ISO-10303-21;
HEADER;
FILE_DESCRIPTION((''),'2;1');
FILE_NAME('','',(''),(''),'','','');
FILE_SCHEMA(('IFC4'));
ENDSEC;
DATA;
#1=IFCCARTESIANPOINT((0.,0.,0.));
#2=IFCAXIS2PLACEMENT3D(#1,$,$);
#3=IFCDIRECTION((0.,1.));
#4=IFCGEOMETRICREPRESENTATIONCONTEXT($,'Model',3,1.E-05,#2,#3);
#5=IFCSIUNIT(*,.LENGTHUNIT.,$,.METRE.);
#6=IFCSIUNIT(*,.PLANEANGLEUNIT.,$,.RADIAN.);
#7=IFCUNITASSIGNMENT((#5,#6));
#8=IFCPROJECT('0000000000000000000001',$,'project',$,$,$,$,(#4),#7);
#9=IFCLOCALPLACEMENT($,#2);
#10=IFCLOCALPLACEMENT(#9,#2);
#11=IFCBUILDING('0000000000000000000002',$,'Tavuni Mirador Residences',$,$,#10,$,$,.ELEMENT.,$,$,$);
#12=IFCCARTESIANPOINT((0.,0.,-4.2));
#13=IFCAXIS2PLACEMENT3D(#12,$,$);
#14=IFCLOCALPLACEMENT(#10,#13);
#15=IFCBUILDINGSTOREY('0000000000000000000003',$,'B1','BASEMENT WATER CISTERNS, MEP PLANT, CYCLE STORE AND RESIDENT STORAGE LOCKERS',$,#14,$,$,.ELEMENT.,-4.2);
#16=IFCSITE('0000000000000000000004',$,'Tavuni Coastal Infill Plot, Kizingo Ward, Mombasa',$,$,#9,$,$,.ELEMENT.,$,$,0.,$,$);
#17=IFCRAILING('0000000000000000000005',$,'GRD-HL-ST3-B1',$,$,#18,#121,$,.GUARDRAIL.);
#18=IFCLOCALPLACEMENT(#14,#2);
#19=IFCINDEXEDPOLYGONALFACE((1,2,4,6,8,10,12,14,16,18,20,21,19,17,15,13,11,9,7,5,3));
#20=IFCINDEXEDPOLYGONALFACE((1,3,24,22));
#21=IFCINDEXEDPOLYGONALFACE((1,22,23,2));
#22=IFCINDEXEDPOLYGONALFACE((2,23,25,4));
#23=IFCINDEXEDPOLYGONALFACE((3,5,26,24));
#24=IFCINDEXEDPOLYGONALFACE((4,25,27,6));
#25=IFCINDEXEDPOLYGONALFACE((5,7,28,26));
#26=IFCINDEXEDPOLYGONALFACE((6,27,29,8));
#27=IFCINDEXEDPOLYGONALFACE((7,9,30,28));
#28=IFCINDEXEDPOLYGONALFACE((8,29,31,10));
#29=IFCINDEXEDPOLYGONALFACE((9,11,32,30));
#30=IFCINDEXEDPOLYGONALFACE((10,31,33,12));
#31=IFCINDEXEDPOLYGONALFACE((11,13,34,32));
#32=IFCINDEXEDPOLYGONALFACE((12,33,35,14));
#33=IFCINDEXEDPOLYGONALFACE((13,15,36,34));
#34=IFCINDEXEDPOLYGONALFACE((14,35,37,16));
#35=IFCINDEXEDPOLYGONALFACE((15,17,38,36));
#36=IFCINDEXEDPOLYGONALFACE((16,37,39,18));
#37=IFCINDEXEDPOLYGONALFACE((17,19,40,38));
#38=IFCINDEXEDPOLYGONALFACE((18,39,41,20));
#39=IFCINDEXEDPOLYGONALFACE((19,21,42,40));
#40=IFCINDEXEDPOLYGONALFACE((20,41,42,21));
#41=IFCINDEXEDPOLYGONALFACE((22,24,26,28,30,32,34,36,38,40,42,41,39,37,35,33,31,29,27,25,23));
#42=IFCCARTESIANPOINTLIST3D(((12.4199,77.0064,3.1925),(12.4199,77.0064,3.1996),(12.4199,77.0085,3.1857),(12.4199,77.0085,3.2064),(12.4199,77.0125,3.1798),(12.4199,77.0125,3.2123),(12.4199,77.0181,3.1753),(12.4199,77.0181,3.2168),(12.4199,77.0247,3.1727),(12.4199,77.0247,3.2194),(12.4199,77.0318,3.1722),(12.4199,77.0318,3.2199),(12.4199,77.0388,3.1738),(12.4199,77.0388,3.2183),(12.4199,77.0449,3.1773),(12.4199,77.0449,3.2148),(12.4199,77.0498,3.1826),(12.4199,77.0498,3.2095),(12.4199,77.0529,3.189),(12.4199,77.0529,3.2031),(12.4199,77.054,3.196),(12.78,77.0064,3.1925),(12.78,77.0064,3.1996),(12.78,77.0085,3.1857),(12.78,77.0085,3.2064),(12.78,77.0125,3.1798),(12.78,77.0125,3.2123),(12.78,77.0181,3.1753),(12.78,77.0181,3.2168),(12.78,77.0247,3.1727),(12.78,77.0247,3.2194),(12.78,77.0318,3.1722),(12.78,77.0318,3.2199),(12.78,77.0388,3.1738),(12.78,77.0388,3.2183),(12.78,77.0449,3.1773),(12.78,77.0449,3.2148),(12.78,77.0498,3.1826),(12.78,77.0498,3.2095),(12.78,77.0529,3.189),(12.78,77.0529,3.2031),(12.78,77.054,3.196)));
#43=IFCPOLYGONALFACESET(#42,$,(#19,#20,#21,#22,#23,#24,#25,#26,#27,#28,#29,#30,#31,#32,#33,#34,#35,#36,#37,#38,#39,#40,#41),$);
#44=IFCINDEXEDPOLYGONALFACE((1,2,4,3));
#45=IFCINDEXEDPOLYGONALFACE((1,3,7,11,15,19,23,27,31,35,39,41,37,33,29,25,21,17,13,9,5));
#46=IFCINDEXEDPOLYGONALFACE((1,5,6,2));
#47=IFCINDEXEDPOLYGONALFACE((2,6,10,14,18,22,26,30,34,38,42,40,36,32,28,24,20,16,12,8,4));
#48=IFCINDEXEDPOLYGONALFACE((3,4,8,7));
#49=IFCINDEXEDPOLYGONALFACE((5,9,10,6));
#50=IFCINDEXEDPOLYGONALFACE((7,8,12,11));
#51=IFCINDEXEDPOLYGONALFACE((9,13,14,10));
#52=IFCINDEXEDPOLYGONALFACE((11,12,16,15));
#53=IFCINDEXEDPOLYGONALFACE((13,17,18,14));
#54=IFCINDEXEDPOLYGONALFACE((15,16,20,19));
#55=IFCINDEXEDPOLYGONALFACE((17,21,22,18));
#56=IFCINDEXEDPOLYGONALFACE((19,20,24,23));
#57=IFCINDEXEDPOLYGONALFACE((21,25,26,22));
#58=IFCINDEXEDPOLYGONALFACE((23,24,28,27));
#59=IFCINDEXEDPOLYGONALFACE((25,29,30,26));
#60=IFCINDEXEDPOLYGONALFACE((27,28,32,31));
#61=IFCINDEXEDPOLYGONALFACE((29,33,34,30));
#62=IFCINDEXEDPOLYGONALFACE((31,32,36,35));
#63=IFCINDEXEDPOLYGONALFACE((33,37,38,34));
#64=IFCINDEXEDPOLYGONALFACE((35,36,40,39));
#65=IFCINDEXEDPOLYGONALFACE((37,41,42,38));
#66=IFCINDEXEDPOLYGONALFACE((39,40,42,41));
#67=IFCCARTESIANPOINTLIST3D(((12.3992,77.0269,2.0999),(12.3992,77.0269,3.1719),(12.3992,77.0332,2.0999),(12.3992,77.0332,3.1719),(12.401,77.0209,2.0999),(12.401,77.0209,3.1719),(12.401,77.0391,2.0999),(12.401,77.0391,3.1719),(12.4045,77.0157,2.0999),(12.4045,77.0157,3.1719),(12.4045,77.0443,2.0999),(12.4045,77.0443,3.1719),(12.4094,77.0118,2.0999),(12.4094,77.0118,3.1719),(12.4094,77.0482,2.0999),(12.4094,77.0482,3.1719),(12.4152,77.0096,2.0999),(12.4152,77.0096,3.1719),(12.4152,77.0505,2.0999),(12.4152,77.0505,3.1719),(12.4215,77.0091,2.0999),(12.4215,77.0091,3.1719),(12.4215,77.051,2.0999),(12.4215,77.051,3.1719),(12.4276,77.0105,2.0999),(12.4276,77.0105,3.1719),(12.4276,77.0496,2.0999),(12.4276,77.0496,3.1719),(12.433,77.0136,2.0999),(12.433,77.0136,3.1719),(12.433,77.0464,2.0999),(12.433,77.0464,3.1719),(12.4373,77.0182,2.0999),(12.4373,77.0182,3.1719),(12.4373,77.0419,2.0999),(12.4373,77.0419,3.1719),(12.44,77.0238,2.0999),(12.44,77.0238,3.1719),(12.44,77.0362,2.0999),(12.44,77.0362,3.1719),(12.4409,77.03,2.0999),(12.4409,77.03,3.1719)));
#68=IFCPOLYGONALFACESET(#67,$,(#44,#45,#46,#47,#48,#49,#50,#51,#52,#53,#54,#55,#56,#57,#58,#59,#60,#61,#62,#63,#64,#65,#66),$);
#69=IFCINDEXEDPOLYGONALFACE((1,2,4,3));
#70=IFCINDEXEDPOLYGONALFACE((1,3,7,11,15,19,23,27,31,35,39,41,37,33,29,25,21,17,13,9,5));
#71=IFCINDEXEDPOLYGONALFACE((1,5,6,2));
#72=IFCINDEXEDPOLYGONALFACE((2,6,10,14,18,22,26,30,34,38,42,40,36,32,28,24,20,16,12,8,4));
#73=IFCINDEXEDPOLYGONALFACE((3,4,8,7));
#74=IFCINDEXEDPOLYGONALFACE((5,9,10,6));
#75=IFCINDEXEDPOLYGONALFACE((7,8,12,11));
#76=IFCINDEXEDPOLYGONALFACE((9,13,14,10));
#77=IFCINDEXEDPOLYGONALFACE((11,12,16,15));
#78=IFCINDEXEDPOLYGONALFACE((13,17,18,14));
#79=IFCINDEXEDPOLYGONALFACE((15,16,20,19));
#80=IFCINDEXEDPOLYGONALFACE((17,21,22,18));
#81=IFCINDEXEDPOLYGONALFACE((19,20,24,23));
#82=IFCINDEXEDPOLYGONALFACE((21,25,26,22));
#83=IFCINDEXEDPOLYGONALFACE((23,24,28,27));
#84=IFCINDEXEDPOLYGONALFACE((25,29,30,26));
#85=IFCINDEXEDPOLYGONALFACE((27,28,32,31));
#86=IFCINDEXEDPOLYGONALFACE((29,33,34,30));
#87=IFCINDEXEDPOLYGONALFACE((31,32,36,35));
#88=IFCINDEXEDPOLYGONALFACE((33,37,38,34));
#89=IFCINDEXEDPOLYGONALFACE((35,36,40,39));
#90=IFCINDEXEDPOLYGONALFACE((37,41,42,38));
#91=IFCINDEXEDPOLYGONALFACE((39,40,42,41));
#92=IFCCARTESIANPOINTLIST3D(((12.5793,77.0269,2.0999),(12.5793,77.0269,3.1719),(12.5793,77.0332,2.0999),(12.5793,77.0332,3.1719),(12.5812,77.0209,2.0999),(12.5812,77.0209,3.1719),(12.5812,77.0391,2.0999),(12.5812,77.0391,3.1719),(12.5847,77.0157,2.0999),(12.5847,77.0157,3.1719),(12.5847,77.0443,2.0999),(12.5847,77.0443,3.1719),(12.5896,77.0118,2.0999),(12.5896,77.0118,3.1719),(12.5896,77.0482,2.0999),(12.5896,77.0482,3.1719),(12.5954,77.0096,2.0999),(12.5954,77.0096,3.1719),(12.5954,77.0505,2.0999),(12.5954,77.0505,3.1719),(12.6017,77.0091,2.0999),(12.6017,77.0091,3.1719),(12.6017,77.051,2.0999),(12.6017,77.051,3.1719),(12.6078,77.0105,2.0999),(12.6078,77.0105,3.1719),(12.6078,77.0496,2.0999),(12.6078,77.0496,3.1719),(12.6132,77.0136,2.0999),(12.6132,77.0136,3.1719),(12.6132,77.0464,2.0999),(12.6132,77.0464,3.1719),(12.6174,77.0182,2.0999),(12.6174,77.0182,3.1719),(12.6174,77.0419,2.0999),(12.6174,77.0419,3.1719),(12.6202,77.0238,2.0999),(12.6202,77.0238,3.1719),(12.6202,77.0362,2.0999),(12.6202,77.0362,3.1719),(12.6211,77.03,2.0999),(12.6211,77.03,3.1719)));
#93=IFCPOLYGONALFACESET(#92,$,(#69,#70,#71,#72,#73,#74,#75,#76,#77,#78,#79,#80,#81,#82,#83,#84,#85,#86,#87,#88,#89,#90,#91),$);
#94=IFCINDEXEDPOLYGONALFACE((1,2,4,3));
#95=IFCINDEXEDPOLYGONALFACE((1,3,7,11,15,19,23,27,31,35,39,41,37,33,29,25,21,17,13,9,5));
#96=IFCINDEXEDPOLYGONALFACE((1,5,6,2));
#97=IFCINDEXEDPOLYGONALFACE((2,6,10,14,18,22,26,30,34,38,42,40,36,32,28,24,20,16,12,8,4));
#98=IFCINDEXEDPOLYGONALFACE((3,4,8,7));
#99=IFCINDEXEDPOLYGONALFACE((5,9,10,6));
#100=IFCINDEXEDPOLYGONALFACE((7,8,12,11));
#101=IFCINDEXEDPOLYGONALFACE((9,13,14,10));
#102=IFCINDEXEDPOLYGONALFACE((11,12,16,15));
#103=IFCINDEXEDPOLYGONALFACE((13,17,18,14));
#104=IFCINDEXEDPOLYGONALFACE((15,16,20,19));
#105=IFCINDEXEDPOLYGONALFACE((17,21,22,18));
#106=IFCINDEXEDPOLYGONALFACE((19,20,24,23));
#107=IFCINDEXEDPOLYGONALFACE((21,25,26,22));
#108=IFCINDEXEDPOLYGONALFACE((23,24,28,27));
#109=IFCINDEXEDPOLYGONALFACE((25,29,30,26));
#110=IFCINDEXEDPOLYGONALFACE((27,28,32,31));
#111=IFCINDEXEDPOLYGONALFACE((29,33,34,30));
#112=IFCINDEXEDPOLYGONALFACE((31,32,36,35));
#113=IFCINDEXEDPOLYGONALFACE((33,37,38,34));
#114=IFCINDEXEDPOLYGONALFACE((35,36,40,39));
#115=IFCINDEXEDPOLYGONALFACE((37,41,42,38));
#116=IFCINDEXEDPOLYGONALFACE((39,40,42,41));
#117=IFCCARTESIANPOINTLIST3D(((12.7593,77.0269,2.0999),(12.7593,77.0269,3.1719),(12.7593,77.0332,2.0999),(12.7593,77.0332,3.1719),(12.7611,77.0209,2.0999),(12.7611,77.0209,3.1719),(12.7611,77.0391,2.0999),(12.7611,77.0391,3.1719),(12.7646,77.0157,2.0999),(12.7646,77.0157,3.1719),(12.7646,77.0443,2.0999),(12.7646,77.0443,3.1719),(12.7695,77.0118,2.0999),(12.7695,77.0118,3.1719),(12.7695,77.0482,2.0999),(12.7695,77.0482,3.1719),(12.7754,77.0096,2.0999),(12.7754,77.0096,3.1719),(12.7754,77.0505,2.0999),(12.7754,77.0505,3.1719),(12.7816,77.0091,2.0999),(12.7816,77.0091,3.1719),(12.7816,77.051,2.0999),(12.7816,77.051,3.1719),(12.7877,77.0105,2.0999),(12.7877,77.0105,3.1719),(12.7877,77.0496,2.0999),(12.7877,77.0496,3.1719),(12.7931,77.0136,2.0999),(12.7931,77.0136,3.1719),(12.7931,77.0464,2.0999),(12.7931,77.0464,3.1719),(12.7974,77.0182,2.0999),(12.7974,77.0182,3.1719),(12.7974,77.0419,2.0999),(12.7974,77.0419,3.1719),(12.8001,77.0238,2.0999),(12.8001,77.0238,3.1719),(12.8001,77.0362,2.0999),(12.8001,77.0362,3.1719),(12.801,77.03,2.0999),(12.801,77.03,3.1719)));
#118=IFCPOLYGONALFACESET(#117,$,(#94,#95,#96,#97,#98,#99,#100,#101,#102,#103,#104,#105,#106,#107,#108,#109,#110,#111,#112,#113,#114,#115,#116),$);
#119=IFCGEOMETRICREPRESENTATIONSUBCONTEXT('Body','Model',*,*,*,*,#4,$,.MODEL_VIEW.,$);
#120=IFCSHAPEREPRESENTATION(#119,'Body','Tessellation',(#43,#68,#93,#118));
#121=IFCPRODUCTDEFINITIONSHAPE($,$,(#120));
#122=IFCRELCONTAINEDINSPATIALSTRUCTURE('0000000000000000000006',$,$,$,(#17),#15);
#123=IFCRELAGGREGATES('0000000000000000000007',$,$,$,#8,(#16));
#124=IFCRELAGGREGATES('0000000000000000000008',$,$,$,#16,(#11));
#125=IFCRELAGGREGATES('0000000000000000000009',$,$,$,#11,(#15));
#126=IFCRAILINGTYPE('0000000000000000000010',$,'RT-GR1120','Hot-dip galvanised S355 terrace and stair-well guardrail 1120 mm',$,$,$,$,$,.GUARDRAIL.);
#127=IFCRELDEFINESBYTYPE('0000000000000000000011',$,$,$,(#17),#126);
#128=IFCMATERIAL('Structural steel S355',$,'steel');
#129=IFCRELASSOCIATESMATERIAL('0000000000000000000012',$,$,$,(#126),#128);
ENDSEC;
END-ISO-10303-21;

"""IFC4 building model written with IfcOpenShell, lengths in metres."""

from ifc_helpers import new_model, si_unit, direction, frame, origin, origin_2d, place, context, subcontext, project, spatial, circle, extrude, material, type_object, element, save


model = new_model("IFC4")

# Units and contexts
model_context = context("Model", 3, precision=1e-05, world=origin(), true_north=direction((0.0, 1.0)))
body_context = subcontext(model_context, "Body", "Model", "MODEL_VIEW")
ifc_project = project(units=[si_unit("LENGTHUNIT", "METRE"), si_unit("PLANEANGLEUNIT", "RADIAN")], contexts=[model_context])

# Site, building, storey
site_placement = place(None, origin())
site = spatial("IfcSite", under=ifc_project, at=site_placement, Name="Tavuni Coastal Infill Plot, Kizingo Ward, Mombasa", CompositionType="ELEMENT", RefElevation=0.0)
building_placement = place(site_placement, origin())
building = spatial("IfcBuilding", under=site, at=building_placement, Name="Tavuni Mirador Residences", CompositionType="ELEMENT")
storey_placement = place(building_placement, frame((0.0, 0.0, -4.2)))
storey = spatial("IfcBuildingStorey", under=building, at=storey_placement, Name="B1", Description="BASEMENT WATER CISTERNS, MEP PLANT, CYCLE STORE AND RESIDENT STORAGE LOCKERS", CompositionType="ELEMENT", Elevation=-4.2)

# Shared definitions
ifc_material_1 = material(Name="Structural steel S355", Category="steel")

# Railing
railing_type_1 = type_object("IfcRailingType", Name="RT-GR1120", Description="Hot-dip galvanised S355 terrace and stair-well guardrail 1120 mm", PredefinedType="GUARDRAIL", material=ifc_material_1)
railing_1_placement = place(storey_placement, frame((12.4199, 77.03, 2.0999)))
element("IfcRailing", 1, at=railing_1_placement, inside=storey, type_object=railing_type_1, Name="GRD-HL-ST3-B1", PredefinedType="GUARDRAIL", context=body_context, shape_type="SweptSolid", body=[
    extrude(circle(Radius=0.0239, at=origin_2d()), frame((0.0, 0.0, 1.0962), z_axis=(1.0, 0.0, 0.0), x_axis=(0.0, 1.0, 0.0)), (0.0, 0.0, 1.0), 0.3601),
    extrude(circle(Radius=0.021, at=origin_2d()), origin(), (0.0, 0.0, 1.0), 1.072),
    extrude(circle(Radius=0.021, at=origin_2d()), frame((0.1802, 0.0, 0.0)), (0.0, 0.0, 1.0), 1.072),
    extrude(circle(Radius=0.021, at=origin_2d()), frame((0.3601, 0.0, 0.0)), (0.0, 0.0, 1.0), 1.072),
])

save(model, "model.ifc")
